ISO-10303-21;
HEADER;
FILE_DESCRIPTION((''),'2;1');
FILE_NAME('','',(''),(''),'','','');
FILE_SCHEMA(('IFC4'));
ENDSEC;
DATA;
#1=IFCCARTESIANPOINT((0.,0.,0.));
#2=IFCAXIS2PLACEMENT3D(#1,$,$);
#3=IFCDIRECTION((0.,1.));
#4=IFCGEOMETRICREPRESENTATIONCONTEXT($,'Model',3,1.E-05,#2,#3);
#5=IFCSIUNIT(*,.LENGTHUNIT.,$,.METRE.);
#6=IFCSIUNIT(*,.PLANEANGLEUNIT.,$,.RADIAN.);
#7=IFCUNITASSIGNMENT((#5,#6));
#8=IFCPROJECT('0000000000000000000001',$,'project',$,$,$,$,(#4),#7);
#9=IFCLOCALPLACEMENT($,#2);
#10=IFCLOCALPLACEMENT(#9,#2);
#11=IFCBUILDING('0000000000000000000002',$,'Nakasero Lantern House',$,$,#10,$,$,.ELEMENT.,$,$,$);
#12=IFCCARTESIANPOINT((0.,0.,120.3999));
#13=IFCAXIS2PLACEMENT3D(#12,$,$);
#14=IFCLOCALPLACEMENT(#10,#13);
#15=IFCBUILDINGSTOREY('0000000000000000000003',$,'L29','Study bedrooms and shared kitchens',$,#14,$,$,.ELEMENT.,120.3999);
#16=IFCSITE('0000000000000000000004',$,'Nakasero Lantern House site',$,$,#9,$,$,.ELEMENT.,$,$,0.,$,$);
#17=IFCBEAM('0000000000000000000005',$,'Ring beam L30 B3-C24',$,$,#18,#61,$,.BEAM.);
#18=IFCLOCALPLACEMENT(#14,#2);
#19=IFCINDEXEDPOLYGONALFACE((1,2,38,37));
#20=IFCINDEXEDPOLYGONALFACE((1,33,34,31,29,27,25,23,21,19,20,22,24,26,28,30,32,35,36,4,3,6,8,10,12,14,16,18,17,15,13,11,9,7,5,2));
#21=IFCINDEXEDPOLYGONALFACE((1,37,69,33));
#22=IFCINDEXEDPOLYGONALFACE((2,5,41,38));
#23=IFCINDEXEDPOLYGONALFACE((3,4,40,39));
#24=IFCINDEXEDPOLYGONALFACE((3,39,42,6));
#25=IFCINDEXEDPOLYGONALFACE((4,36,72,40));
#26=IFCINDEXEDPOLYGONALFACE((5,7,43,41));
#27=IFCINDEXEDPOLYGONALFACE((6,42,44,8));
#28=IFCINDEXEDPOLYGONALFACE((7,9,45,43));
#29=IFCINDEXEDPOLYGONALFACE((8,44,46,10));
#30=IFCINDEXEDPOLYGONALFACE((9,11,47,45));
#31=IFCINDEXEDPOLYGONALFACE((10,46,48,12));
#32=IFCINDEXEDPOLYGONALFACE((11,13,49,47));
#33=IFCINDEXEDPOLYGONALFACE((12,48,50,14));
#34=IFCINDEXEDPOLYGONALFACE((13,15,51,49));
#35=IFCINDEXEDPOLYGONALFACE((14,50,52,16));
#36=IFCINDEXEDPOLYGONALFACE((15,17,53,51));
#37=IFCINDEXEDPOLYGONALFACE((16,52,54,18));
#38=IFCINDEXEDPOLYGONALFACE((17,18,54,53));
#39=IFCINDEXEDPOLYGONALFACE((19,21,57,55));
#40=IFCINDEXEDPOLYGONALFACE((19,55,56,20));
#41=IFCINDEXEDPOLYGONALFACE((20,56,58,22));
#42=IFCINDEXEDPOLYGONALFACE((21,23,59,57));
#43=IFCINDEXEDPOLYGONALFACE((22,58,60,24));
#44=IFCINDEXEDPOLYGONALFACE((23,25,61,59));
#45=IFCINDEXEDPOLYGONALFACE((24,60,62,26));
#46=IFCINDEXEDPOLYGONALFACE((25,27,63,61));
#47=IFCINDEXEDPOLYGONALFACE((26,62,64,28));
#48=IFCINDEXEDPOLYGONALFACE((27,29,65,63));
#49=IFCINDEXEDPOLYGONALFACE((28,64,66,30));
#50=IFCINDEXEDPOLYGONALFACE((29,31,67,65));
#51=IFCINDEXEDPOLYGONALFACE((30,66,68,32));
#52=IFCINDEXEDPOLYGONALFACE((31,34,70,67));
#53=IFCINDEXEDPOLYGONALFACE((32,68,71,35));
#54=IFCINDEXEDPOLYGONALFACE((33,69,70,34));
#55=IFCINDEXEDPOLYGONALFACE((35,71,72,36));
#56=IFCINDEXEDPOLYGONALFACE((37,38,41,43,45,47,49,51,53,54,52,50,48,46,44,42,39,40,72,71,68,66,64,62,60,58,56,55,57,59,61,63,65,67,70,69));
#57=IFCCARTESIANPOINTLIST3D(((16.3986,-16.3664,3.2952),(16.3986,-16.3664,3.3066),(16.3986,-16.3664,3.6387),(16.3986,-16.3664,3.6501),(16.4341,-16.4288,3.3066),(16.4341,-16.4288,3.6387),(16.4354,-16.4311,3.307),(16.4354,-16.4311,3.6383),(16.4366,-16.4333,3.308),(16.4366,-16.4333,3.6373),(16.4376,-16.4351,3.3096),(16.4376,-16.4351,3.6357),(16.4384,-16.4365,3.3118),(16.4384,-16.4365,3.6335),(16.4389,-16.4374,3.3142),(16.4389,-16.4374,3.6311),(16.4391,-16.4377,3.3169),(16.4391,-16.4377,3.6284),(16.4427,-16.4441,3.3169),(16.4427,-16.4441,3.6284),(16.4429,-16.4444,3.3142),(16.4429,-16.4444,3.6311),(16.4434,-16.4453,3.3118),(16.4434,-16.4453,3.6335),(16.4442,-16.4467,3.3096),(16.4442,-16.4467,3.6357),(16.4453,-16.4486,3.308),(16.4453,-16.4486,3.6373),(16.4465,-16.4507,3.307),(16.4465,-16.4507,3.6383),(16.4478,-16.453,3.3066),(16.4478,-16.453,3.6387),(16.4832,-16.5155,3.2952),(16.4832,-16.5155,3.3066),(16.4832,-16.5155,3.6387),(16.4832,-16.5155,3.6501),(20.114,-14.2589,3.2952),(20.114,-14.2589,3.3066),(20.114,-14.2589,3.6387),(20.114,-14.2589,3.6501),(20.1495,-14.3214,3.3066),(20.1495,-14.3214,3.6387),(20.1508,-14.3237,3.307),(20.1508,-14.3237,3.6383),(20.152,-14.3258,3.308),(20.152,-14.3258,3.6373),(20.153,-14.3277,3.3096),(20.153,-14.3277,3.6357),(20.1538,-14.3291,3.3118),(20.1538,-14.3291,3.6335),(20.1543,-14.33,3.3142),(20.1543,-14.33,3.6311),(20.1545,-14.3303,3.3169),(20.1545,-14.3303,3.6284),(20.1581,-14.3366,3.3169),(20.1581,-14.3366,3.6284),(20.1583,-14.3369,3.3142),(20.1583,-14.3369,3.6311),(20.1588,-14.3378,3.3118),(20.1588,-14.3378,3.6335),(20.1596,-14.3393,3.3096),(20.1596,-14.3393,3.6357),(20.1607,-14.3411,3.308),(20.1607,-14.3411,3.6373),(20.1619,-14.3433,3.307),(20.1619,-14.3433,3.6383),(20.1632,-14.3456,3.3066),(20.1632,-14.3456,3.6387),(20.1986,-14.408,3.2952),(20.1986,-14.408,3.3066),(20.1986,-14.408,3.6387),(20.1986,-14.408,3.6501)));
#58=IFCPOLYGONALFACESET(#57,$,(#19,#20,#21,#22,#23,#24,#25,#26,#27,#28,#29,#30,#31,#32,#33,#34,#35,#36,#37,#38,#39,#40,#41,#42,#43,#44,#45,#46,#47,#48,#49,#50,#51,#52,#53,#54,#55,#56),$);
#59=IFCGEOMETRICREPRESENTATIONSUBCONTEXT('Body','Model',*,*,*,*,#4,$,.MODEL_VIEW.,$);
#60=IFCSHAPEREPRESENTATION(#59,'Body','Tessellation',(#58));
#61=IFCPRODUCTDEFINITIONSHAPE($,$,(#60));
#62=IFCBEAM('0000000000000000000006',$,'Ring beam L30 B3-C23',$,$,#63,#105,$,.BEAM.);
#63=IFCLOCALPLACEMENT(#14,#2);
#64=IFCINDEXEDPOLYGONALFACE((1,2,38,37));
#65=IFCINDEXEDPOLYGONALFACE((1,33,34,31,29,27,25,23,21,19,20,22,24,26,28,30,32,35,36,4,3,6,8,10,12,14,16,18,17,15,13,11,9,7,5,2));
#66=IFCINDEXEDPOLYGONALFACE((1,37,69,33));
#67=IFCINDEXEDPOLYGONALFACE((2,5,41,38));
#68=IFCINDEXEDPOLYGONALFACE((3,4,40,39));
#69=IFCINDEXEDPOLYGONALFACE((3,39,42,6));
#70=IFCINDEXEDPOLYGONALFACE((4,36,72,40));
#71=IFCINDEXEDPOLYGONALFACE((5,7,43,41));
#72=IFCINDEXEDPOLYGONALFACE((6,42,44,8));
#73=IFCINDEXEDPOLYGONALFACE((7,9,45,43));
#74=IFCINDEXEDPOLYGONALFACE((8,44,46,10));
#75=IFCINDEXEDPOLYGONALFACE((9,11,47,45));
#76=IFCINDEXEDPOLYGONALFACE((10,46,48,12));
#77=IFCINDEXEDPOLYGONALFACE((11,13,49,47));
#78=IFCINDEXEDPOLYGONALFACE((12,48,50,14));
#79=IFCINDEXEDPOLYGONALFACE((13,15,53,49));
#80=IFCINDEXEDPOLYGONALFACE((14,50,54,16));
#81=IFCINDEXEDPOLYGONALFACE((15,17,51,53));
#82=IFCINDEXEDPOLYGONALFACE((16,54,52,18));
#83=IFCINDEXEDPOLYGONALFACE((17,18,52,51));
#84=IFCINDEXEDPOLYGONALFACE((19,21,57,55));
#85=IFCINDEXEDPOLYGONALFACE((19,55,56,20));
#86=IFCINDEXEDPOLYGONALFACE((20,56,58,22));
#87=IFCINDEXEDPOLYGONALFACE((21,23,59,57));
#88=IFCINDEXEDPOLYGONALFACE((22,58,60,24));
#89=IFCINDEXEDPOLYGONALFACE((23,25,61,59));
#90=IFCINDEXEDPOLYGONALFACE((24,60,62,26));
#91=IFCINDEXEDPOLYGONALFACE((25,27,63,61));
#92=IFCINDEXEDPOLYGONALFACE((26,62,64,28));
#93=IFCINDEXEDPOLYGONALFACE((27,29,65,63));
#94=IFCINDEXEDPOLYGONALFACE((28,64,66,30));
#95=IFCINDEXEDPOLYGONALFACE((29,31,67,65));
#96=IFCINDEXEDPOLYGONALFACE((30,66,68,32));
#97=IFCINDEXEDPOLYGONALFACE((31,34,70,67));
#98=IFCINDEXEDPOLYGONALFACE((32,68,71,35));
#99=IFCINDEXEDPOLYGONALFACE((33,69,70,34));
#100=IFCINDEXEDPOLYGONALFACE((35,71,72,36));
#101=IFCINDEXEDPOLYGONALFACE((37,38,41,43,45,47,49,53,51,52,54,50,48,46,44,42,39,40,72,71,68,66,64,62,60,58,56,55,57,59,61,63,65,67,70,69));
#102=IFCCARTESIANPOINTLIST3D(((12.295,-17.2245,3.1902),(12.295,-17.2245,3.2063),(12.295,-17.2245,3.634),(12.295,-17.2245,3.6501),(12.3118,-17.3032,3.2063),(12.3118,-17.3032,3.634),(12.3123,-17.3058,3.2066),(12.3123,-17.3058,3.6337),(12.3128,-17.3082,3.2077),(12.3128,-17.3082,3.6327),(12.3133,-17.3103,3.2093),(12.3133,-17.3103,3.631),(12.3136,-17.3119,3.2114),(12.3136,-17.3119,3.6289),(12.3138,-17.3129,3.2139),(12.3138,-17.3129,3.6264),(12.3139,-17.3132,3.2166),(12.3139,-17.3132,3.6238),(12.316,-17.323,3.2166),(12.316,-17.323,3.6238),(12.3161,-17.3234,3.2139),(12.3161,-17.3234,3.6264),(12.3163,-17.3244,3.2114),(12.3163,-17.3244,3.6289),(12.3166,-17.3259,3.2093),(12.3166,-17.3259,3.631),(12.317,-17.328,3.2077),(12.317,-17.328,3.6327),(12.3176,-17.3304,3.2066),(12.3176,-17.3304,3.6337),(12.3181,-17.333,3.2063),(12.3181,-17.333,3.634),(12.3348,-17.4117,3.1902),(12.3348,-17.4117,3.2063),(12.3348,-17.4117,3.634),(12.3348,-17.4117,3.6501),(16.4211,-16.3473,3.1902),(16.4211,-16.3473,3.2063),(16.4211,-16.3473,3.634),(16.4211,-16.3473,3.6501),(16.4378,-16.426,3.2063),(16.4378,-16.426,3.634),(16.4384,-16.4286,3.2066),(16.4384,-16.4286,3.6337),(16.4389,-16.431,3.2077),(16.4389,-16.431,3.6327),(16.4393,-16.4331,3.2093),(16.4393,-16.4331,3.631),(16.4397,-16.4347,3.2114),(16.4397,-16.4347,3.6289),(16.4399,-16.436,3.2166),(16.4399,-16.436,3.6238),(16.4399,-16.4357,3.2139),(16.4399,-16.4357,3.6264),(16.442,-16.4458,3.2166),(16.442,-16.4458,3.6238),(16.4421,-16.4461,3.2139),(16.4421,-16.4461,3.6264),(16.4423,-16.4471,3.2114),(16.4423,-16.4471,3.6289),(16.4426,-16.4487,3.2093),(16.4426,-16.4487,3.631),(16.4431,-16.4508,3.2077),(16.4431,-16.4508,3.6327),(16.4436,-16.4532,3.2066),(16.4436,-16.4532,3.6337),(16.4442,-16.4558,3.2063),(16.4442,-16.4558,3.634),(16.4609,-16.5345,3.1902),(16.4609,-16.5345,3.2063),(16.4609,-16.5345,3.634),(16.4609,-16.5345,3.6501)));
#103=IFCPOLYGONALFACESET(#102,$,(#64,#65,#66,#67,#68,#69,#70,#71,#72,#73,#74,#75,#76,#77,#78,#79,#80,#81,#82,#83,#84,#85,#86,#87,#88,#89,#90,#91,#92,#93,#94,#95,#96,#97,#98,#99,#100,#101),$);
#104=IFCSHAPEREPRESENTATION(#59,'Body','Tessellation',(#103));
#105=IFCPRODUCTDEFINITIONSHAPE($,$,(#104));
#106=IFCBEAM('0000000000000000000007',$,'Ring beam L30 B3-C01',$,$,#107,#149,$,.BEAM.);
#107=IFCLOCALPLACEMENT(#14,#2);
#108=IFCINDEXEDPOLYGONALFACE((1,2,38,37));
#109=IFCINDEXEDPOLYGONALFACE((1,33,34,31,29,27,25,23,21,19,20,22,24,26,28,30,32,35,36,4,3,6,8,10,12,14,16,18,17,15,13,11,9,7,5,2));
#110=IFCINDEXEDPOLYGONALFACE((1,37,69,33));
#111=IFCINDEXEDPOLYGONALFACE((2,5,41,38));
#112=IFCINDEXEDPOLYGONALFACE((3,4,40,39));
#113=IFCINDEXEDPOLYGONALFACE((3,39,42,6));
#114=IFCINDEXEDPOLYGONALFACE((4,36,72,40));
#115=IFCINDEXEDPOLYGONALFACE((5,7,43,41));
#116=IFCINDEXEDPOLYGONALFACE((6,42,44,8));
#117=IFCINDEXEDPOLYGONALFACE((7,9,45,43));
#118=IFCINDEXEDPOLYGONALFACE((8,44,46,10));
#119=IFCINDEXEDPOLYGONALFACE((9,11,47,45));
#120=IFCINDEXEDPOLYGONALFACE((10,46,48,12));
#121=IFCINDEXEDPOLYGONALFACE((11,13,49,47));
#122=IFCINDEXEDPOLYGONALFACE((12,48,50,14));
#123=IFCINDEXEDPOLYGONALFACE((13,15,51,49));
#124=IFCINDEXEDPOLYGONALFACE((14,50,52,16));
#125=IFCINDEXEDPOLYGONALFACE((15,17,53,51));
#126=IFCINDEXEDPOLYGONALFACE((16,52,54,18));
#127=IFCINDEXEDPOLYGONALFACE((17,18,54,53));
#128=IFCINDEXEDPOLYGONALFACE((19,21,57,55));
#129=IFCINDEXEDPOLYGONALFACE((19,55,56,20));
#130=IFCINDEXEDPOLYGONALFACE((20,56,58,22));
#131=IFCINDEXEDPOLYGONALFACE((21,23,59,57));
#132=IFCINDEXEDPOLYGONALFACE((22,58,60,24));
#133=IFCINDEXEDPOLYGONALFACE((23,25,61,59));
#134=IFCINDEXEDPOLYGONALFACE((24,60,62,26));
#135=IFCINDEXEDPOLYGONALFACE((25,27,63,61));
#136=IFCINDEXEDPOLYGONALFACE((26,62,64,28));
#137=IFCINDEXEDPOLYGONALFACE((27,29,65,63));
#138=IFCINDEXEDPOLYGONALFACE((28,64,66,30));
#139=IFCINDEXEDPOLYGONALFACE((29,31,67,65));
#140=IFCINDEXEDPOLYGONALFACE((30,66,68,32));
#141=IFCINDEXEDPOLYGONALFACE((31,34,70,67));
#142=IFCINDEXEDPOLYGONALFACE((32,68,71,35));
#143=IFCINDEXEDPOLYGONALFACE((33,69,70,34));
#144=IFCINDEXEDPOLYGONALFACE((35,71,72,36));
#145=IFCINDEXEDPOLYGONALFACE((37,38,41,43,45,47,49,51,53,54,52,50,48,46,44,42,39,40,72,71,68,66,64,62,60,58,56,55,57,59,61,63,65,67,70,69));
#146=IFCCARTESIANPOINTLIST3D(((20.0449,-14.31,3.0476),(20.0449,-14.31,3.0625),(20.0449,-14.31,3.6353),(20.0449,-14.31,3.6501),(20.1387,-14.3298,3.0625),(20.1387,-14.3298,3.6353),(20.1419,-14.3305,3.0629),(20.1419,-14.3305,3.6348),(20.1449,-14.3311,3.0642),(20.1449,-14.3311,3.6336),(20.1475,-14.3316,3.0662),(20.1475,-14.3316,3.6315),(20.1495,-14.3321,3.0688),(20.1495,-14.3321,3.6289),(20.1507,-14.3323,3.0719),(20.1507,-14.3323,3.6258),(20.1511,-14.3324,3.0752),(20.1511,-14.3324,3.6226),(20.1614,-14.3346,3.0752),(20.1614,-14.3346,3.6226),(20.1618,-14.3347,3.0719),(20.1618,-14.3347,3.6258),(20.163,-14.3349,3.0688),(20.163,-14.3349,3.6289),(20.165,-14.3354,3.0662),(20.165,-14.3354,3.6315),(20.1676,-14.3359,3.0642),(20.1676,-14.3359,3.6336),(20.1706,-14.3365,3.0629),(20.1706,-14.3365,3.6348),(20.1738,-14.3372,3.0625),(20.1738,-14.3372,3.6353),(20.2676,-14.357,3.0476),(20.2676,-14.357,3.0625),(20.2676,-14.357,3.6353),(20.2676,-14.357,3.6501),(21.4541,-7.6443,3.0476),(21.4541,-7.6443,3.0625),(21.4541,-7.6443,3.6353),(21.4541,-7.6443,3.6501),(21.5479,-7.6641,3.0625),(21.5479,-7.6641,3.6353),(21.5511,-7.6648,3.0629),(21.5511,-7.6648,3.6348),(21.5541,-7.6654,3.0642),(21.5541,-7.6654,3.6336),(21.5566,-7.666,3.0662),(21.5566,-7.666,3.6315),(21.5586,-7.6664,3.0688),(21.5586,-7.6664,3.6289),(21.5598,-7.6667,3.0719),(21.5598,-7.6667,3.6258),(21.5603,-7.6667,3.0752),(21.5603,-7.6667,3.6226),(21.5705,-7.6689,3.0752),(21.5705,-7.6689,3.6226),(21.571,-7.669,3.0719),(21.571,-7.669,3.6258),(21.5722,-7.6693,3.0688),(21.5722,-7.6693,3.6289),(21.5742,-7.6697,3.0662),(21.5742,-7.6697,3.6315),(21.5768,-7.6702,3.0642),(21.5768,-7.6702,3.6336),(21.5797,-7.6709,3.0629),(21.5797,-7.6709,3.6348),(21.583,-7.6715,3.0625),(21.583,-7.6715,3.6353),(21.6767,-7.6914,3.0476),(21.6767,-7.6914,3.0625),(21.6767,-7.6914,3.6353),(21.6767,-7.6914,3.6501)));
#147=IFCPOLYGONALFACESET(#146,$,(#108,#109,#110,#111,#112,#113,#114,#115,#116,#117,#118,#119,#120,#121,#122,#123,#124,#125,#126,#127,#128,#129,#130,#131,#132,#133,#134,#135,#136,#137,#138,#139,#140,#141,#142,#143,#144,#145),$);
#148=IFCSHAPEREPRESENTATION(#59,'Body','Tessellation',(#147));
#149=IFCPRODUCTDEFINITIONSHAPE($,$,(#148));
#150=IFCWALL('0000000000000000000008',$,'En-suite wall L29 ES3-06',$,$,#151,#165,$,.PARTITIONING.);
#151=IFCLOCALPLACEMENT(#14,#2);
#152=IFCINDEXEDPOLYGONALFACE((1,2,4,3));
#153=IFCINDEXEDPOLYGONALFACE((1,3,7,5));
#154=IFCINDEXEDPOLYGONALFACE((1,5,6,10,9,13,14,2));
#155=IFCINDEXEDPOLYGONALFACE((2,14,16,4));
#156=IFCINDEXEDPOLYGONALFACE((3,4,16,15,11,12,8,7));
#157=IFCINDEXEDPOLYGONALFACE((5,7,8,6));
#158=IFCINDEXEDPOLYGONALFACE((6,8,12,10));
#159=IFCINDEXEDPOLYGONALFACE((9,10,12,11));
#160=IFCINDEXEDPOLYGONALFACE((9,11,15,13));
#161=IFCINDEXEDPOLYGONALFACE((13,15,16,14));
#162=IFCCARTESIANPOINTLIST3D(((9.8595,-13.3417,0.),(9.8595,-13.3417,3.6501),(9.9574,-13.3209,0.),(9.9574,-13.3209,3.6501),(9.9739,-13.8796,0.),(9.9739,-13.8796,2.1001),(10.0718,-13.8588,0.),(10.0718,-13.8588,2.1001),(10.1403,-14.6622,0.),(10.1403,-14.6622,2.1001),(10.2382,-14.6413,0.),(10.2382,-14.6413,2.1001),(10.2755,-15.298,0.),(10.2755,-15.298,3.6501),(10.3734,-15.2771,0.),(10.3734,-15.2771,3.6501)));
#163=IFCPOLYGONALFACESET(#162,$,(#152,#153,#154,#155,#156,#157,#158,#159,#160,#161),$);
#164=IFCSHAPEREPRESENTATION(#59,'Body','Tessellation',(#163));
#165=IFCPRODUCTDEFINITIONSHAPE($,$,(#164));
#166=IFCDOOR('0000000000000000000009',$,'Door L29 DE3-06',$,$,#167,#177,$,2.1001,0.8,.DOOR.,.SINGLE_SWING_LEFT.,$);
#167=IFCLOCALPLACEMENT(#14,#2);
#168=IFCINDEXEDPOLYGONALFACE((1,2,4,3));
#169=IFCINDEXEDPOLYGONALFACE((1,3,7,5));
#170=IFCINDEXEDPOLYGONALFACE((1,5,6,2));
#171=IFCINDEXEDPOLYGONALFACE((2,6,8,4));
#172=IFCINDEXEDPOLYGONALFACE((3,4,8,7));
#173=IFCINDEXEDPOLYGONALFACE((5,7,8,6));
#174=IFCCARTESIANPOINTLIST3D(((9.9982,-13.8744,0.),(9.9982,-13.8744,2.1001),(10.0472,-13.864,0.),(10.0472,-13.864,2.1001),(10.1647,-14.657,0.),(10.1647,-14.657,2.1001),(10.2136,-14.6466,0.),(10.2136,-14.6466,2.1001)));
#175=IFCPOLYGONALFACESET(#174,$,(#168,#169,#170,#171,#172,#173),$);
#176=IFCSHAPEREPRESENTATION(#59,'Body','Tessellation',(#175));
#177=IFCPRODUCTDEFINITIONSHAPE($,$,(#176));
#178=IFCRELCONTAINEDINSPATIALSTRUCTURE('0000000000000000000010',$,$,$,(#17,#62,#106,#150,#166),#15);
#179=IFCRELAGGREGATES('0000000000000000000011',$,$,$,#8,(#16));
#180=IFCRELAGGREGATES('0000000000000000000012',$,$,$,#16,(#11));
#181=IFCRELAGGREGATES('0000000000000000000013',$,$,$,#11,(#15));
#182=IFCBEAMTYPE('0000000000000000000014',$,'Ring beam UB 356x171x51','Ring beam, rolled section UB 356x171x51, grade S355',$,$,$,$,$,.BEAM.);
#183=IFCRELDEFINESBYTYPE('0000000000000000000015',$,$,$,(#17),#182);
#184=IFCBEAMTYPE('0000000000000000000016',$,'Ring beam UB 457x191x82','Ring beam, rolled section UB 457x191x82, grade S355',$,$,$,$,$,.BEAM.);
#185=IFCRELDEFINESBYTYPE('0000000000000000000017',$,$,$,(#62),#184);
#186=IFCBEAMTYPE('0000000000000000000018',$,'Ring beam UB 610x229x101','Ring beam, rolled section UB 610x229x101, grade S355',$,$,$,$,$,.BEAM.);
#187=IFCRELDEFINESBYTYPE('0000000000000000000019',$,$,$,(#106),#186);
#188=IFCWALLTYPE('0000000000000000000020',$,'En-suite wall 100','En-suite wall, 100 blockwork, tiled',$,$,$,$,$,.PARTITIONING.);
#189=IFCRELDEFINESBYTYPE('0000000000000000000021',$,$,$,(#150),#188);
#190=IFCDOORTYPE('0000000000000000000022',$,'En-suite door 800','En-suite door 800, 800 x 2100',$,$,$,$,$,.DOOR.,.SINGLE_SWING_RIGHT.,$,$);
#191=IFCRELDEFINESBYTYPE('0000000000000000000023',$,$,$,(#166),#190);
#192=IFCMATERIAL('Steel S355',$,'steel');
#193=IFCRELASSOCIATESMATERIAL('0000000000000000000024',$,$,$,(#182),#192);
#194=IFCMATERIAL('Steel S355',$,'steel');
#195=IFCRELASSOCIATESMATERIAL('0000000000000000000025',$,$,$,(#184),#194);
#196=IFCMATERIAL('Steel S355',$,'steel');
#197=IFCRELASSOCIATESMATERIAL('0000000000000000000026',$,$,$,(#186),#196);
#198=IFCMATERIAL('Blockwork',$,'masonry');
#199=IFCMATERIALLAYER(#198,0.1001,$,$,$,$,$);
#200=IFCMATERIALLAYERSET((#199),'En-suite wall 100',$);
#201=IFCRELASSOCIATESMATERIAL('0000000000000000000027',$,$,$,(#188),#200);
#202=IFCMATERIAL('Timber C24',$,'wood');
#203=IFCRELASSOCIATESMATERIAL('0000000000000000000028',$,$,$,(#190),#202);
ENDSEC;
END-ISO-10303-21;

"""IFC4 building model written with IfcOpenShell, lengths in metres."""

from ifc_helpers import new_model, si_unit, direction, frame, frame_2d, origin, origin_2d, place, context, subcontext, project, spatial, rectangle, i_section, extrude, material, layer, layer_set, material_profile, profile_set, type_object, element, fill, save


model = new_model("IFC4")

# Units and contexts
model_context = context("Model", 3, precision=1e-05, world=origin(), true_north=direction((0.0, 1.0)))
body_context = subcontext(model_context, "Body", "Model", "MODEL_VIEW")
ifc_project = project(units=[si_unit("LENGTHUNIT", "METRE"), si_unit("PLANEANGLEUNIT", "RADIAN")], contexts=[model_context])

# Site, building, storey
site_placement = place(None, origin())
site = spatial("IfcSite", under=ifc_project, at=site_placement, Name="Nakasero Lantern House site", CompositionType="ELEMENT", RefElevation=0.0)
building_placement = place(site_placement, origin())
building = spatial("IfcBuilding", under=site, at=building_placement, Name="Nakasero Lantern House", CompositionType="ELEMENT")
storey_placement = place(building_placement, frame((0.0, 0.0, 120.3999)))
storey = spatial("IfcBuildingStorey", under=building, at=storey_placement, Name="L29", Description="Study bedrooms and shared kitchens", CompositionType="ELEMENT", Elevation=120.3999)

# Beams
ifc_material_1 = material(Name="Steel S355", Category="steel")
ifc_material_profile_1 = material_profile(ifc_material_1, i_section(OverallWidth=0.1714, OverallDepth=0.355, WebThickness=0.0073, FlangeThickness=0.0115, FilletRadius=0.0103, at=origin_2d()), Name="UB 356x171x51")
ifc_profile_set_1 = profile_set([ifc_material_profile_1], Name="Steel S355")
beam_type_1 = type_object("IfcBeamType", Name="Ring beam UB 356x171x51", Description="Ring beam, rolled section UB 356x171x51, grade S355", PredefinedType="BEAM", material=ifc_profile_set_1)
beam_1_placement = place(storey_placement, frame((16.4409, -16.4409, 3.4727), z_axis=(0.869815, 0.493379, 0.0), x_axis=(-0.493379, 0.869815, 0.0)))
element("IfcBeam", 1, at=beam_1_placement, inside=storey, type_object=beam_type_1, Name="Ring beam L30 B3-C24", PredefinedType="BEAM", context=body_context, shape_type="SweptSolid", body=[
    extrude(i_section(OverallWidth=0.1714, OverallDepth=0.355, WebThickness=0.0073, FlangeThickness=0.0115, FilletRadius=0.0103, at=origin_2d()), origin(), (0.0, 0.0, 1.0), 4.2715),
])
ifc_material_2 = material(Name="Steel S355", Category="steel")
ifc_material_profile_2 = material_profile(ifc_material_2, i_section(OverallWidth=0.1914, OverallDepth=0.46, WebThickness=0.01, FlangeThickness=0.0161, FilletRadius=0.0103, at=origin_2d()), Name="UB 457x191x82")
ifc_profile_set_2 = profile_set([ifc_material_profile_2], Name="Steel S355")
beam_type_2 = type_object("IfcBeamType", Name="Ring beam UB 457x191x82", Description="Ring beam, rolled section UB 457x191x82, grade S355", PredefinedType="BEAM", material=ifc_profile_set_2)
beam_2_placement = place(storey_placement, frame((12.3149, -17.3181, 3.4202), z_axis=(0.978138, 0.207956, 0.0), x_axis=(-0.207956, 0.978138, 0.0)))
element("IfcBeam", 2, at=beam_2_placement, inside=storey, type_object=beam_type_2, Name="Ring beam L30 B3-C23", PredefinedType="BEAM", context=body_context, shape_type="SweptSolid", body=[
    extrude(i_section(OverallWidth=0.1914, OverallDepth=0.46, WebThickness=0.01, FlangeThickness=0.0161, FilletRadius=0.0103, at=origin_2d()), origin(), (0.0, 0.0, 1.0), 4.2183),
])
ifc_material_3 = material(Name="Steel S355", Category="steel")
ifc_material_profile_3 = material_profile(ifc_material_3, i_section(OverallWidth=0.2275, OverallDepth=0.6025, WebThickness=0.0105, FlangeThickness=0.0149, FilletRadius=0.0127, at=origin_2d()), Name="UB 610x229x101")
ifc_profile_set_3 = profile_set([ifc_material_profile_3], Name="Steel S355")
beam_type_3 = type_object("IfcBeamType", Name="Ring beam UB 610x229x101", Description="Ring beam, rolled section UB 610x229x101, grade S355", PredefinedType="BEAM", material=ifc_profile_set_3)
beam_3_placement = place(storey_placement, frame((20.1562, -14.3335, 3.3489), z_axis=(0.206834, 0.978376, 0.0), x_axis=(-0.978376, 0.206834, 0.0)))
element("IfcBeam", 3, at=beam_3_placement, inside=storey, type_object=beam_type_3, Name="Ring beam L30 B3-C01", PredefinedType="BEAM", context=body_context, shape_type="SweptSolid", body=[
    extrude(i_section(OverallWidth=0.2275, OverallDepth=0.6025, WebThickness=0.0105, FlangeThickness=0.0149, FilletRadius=0.0127, at=origin_2d()), origin(), (0.0, 0.0, 1.0), 6.813),
])

# Wall, opening, door
ifc_material_4 = material(Name="Blockwork", Category="masonry")
ifc_layer_1 = layer(ifc_material_4, 0.1001)
ifc_layer_set_1 = layer_set([ifc_layer_1], Name="En-suite wall 100")
wall_type_1 = type_object("IfcWallType", Name="En-suite wall 100", Description="En-suite wall, 100 blockwork, tiled", PredefinedType="PARTITIONING", material=ifc_layer_set_1)
wall_1_placement = place(storey_placement, frame((9.9084, -13.3313, 0.0), z_axis=(0.0, 0.0, 1.0), x_axis=(0.208003, -0.978128, 0.0)))
wall_1 = element("IfcWall", 4, at=wall_1_placement, inside=storey, type_object=wall_type_1, Name="En-suite wall L29 ES3-06", PredefinedType="PARTITIONING", context=body_context, shape_type="SweptSolid", body=[
    extrude(rectangle(XDim=2.0, YDim=0.1001, at=frame_2d((1.0, 0.0))), origin(), (0.0, 0.0, 1.0), 3.6501),
])
opening_1_placement = place(wall_1_placement, frame((0.55, 0.0, 0.0)))
opening_1 = element("IfcOpeningElement", 5, at=opening_1_placement, cuts=wall_1, PredefinedType="OPENING", context=body_context, shape_type="SweptSolid", body=[
    extrude(rectangle(XDim=0.8, YDim=2.1001, at=frame_2d((0.3999, 1.05))), frame((0.0, 0.0701, 0.0), z_axis=(0.0, -1.0, 0.0), x_axis=(1.0, 0.0, 0.0)), (0.0, 0.0, 1.0), 0.1401),
])
ifc_material_5 = material(Name="Timber C24", Category="wood")
door_type_1 = type_object("IfcDoorType", Name="En-suite door 800", Description="En-suite door 800, 800 x 2100", OperationType="SINGLE_SWING_RIGHT", PredefinedType="DOOR", material=ifc_material_5)
door_1_placement = place(opening_1_placement, origin())
door_1 = element("IfcDoor", 6, at=door_1_placement, inside=storey, type_object=door_type_1, Name="Door L29 DE3-06", OperationType="SINGLE_SWING_LEFT", OverallHeight=2.1001, OverallWidth=0.8, PredefinedType="DOOR", context=body_context, shape_type="SweptSolid", body=[
    extrude(rectangle(XDim=0.8, YDim=2.1001, at=frame_2d((0.3999, 1.05))), frame((0.0, 0.0249, 0.0), z_axis=(0.0, -1.0, 0.0), x_axis=(1.0, 0.0, 0.0)), (0.0, 0.0, 1.0), 0.05),
])
fill(opening_1, door_1)

save(model, "model.ifc")
